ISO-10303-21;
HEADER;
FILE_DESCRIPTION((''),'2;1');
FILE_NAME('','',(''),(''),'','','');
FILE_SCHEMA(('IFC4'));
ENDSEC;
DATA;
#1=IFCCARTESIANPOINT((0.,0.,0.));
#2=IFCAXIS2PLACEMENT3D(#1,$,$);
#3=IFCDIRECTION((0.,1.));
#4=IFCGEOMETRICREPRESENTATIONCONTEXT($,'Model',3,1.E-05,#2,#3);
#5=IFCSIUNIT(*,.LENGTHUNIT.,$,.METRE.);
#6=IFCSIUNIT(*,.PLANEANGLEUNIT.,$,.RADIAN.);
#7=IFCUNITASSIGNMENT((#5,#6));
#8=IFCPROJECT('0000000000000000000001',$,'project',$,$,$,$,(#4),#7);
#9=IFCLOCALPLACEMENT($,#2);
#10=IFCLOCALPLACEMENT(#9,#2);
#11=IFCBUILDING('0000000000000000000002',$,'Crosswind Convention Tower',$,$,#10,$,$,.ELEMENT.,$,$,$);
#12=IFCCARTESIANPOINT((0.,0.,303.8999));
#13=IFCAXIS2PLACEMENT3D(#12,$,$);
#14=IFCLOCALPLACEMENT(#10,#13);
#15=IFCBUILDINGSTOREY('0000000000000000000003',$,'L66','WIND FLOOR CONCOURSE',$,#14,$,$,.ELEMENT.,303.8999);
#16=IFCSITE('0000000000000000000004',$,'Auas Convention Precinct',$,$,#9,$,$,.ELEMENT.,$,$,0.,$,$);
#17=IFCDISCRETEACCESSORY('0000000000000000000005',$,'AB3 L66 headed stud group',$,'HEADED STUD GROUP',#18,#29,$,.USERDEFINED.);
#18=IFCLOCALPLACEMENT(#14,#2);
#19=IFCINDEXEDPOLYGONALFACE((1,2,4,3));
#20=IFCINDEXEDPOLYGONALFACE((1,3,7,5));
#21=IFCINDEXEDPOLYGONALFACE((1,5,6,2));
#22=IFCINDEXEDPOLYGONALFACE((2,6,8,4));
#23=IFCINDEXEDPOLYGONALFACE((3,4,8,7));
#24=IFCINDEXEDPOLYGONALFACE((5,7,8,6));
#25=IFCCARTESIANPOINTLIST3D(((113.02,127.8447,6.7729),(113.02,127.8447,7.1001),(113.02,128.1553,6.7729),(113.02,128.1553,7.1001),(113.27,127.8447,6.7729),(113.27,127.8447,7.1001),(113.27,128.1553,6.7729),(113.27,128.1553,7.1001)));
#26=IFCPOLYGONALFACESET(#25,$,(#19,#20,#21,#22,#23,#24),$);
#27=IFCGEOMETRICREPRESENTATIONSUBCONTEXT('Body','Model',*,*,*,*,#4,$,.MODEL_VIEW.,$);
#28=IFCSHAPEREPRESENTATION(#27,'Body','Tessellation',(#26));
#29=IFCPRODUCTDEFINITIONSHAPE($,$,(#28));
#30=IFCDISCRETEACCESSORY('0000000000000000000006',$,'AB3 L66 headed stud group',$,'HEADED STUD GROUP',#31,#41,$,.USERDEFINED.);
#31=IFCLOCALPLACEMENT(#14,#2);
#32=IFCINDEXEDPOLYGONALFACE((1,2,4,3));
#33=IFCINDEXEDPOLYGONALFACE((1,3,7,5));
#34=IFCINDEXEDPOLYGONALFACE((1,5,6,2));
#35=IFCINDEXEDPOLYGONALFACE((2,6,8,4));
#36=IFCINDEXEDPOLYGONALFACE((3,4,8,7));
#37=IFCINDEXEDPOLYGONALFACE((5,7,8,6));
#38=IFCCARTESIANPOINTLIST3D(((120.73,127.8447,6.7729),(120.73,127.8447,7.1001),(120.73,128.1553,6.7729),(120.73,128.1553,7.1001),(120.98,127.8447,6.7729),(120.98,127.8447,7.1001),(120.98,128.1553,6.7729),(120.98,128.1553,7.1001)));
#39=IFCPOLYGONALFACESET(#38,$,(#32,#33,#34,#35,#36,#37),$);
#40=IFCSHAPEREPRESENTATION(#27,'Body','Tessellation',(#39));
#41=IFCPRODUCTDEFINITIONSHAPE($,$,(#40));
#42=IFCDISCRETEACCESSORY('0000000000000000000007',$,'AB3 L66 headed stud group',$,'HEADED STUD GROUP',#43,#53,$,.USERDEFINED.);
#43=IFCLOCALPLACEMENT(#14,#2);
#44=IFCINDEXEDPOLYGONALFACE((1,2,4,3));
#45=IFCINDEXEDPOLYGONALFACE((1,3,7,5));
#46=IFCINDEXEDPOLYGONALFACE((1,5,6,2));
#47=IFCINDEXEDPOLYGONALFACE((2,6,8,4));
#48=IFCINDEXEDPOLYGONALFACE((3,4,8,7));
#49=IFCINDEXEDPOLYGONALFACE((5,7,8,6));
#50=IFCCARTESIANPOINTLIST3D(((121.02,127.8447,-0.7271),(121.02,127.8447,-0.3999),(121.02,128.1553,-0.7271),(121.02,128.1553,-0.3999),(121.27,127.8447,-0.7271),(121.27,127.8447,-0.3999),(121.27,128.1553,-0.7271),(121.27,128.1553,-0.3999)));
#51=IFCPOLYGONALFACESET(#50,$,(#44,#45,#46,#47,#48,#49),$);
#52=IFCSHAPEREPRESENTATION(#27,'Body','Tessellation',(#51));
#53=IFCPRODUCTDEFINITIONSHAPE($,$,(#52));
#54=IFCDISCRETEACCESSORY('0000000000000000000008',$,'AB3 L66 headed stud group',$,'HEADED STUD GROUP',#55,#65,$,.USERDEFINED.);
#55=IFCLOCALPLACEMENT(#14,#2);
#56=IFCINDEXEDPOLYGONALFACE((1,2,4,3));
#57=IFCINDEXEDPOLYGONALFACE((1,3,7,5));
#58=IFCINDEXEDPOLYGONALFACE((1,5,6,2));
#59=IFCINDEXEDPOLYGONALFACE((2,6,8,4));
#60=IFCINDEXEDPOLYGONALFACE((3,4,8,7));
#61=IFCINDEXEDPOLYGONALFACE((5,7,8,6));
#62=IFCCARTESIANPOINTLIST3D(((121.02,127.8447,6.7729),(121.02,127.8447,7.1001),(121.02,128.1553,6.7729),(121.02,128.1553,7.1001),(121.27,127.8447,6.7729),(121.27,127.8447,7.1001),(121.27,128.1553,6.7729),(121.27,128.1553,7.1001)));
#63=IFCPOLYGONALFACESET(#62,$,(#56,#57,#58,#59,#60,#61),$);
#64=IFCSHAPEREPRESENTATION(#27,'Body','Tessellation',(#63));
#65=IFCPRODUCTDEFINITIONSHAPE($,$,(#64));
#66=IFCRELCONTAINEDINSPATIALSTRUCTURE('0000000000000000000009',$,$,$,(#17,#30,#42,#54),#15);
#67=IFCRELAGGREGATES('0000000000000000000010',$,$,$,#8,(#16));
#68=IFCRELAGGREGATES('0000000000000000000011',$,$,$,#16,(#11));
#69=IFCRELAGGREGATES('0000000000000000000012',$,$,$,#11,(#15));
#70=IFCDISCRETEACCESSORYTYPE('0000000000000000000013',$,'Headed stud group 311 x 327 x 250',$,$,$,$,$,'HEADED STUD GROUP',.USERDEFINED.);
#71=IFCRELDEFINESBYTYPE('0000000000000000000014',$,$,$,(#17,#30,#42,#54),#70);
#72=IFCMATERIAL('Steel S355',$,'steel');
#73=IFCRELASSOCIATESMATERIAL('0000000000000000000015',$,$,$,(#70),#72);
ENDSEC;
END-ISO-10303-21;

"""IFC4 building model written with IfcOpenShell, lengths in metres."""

from ifc_helpers import new_model, si_unit, direction, frame, origin, origin_2d, place, context, subcontext, project, spatial, rectangle, extrude, material, type_object, element, save


model = new_model("IFC4")

# Units and contexts
model_context = context("Model", 3, precision=1e-05, world=origin(), true_north=direction((0.0, 1.0)))
body_context = subcontext(model_context, "Body", "Model", "MODEL_VIEW")
ifc_project = project(units=[si_unit("LENGTHUNIT", "METRE"), si_unit("PLANEANGLEUNIT", "RADIAN")], contexts=[model_context])

# Site, building, storey
site_placement = place(None, origin())
site = spatial("IfcSite", under=ifc_project, at=site_placement, Name="Auas Convention Precinct", CompositionType="ELEMENT", RefElevation=0.0)
building_placement = place(site_placement, origin())
building = spatial("IfcBuilding", under=site, at=building_placement, Name="Crosswind Convention Tower", CompositionType="ELEMENT")
storey_placement = place(building_placement, frame((0.0, 0.0, 303.8999)))
storey = spatial("IfcBuildingStorey", under=building, at=storey_placement, Name="L66", Description="WIND FLOOR CONCOURSE", CompositionType="ELEMENT", Elevation=303.8999)

# Shared definitions
ifc_material_1 = material(Name="Steel S355", Category="steel")

# Discrete accessories
discrete_accessory_type_1 = type_object("IfcDiscreteAccessoryType", Name="Headed stud group 311 x 327 x 250", ElementType="HEADED STUD GROUP", PredefinedType="USERDEFINED", material=ifc_material_1)
for number, where, z_axis, x_axis, name in (
    (1, (113.145, 128.0, 6.7729), (0.0, 0.0, 1.0), (1.0, 0.0, 0.0), "AB3 L66 headed stud group"),
    (2, (120.855, 128.0, 6.7729), (0.0, 0.0, 1.0), (1.0, 0.0, 0.0), "AB3 L66 headed stud group"),
    (3, (121.145, 128.0, -0.7271), (0.0, 0.0, 1.0), (1.0, 0.0, 0.0), "AB3 L66 headed stud group"),
    (4, (121.145, 128.0, 6.7729), (0.0, 0.0, 1.0), (1.0, 0.0, 0.0), "AB3 L66 headed stud group"),
):
    element("IfcDiscreteAccessory", number, at=place(storey_placement, frame(where, z_axis=z_axis, x_axis=x_axis)), inside=storey, type_object=discrete_accessory_type_1, Name=name, ObjectType="HEADED STUD GROUP", PredefinedType="USERDEFINED", context=body_context, shape_type="SweptSolid", body=[
        extrude(rectangle(XDim=0.25, YDim=0.3105, at=origin_2d()), origin(), (0.0, 0.0, 1.0), 0.3271),
    ])

save(model, "model.ifc")
